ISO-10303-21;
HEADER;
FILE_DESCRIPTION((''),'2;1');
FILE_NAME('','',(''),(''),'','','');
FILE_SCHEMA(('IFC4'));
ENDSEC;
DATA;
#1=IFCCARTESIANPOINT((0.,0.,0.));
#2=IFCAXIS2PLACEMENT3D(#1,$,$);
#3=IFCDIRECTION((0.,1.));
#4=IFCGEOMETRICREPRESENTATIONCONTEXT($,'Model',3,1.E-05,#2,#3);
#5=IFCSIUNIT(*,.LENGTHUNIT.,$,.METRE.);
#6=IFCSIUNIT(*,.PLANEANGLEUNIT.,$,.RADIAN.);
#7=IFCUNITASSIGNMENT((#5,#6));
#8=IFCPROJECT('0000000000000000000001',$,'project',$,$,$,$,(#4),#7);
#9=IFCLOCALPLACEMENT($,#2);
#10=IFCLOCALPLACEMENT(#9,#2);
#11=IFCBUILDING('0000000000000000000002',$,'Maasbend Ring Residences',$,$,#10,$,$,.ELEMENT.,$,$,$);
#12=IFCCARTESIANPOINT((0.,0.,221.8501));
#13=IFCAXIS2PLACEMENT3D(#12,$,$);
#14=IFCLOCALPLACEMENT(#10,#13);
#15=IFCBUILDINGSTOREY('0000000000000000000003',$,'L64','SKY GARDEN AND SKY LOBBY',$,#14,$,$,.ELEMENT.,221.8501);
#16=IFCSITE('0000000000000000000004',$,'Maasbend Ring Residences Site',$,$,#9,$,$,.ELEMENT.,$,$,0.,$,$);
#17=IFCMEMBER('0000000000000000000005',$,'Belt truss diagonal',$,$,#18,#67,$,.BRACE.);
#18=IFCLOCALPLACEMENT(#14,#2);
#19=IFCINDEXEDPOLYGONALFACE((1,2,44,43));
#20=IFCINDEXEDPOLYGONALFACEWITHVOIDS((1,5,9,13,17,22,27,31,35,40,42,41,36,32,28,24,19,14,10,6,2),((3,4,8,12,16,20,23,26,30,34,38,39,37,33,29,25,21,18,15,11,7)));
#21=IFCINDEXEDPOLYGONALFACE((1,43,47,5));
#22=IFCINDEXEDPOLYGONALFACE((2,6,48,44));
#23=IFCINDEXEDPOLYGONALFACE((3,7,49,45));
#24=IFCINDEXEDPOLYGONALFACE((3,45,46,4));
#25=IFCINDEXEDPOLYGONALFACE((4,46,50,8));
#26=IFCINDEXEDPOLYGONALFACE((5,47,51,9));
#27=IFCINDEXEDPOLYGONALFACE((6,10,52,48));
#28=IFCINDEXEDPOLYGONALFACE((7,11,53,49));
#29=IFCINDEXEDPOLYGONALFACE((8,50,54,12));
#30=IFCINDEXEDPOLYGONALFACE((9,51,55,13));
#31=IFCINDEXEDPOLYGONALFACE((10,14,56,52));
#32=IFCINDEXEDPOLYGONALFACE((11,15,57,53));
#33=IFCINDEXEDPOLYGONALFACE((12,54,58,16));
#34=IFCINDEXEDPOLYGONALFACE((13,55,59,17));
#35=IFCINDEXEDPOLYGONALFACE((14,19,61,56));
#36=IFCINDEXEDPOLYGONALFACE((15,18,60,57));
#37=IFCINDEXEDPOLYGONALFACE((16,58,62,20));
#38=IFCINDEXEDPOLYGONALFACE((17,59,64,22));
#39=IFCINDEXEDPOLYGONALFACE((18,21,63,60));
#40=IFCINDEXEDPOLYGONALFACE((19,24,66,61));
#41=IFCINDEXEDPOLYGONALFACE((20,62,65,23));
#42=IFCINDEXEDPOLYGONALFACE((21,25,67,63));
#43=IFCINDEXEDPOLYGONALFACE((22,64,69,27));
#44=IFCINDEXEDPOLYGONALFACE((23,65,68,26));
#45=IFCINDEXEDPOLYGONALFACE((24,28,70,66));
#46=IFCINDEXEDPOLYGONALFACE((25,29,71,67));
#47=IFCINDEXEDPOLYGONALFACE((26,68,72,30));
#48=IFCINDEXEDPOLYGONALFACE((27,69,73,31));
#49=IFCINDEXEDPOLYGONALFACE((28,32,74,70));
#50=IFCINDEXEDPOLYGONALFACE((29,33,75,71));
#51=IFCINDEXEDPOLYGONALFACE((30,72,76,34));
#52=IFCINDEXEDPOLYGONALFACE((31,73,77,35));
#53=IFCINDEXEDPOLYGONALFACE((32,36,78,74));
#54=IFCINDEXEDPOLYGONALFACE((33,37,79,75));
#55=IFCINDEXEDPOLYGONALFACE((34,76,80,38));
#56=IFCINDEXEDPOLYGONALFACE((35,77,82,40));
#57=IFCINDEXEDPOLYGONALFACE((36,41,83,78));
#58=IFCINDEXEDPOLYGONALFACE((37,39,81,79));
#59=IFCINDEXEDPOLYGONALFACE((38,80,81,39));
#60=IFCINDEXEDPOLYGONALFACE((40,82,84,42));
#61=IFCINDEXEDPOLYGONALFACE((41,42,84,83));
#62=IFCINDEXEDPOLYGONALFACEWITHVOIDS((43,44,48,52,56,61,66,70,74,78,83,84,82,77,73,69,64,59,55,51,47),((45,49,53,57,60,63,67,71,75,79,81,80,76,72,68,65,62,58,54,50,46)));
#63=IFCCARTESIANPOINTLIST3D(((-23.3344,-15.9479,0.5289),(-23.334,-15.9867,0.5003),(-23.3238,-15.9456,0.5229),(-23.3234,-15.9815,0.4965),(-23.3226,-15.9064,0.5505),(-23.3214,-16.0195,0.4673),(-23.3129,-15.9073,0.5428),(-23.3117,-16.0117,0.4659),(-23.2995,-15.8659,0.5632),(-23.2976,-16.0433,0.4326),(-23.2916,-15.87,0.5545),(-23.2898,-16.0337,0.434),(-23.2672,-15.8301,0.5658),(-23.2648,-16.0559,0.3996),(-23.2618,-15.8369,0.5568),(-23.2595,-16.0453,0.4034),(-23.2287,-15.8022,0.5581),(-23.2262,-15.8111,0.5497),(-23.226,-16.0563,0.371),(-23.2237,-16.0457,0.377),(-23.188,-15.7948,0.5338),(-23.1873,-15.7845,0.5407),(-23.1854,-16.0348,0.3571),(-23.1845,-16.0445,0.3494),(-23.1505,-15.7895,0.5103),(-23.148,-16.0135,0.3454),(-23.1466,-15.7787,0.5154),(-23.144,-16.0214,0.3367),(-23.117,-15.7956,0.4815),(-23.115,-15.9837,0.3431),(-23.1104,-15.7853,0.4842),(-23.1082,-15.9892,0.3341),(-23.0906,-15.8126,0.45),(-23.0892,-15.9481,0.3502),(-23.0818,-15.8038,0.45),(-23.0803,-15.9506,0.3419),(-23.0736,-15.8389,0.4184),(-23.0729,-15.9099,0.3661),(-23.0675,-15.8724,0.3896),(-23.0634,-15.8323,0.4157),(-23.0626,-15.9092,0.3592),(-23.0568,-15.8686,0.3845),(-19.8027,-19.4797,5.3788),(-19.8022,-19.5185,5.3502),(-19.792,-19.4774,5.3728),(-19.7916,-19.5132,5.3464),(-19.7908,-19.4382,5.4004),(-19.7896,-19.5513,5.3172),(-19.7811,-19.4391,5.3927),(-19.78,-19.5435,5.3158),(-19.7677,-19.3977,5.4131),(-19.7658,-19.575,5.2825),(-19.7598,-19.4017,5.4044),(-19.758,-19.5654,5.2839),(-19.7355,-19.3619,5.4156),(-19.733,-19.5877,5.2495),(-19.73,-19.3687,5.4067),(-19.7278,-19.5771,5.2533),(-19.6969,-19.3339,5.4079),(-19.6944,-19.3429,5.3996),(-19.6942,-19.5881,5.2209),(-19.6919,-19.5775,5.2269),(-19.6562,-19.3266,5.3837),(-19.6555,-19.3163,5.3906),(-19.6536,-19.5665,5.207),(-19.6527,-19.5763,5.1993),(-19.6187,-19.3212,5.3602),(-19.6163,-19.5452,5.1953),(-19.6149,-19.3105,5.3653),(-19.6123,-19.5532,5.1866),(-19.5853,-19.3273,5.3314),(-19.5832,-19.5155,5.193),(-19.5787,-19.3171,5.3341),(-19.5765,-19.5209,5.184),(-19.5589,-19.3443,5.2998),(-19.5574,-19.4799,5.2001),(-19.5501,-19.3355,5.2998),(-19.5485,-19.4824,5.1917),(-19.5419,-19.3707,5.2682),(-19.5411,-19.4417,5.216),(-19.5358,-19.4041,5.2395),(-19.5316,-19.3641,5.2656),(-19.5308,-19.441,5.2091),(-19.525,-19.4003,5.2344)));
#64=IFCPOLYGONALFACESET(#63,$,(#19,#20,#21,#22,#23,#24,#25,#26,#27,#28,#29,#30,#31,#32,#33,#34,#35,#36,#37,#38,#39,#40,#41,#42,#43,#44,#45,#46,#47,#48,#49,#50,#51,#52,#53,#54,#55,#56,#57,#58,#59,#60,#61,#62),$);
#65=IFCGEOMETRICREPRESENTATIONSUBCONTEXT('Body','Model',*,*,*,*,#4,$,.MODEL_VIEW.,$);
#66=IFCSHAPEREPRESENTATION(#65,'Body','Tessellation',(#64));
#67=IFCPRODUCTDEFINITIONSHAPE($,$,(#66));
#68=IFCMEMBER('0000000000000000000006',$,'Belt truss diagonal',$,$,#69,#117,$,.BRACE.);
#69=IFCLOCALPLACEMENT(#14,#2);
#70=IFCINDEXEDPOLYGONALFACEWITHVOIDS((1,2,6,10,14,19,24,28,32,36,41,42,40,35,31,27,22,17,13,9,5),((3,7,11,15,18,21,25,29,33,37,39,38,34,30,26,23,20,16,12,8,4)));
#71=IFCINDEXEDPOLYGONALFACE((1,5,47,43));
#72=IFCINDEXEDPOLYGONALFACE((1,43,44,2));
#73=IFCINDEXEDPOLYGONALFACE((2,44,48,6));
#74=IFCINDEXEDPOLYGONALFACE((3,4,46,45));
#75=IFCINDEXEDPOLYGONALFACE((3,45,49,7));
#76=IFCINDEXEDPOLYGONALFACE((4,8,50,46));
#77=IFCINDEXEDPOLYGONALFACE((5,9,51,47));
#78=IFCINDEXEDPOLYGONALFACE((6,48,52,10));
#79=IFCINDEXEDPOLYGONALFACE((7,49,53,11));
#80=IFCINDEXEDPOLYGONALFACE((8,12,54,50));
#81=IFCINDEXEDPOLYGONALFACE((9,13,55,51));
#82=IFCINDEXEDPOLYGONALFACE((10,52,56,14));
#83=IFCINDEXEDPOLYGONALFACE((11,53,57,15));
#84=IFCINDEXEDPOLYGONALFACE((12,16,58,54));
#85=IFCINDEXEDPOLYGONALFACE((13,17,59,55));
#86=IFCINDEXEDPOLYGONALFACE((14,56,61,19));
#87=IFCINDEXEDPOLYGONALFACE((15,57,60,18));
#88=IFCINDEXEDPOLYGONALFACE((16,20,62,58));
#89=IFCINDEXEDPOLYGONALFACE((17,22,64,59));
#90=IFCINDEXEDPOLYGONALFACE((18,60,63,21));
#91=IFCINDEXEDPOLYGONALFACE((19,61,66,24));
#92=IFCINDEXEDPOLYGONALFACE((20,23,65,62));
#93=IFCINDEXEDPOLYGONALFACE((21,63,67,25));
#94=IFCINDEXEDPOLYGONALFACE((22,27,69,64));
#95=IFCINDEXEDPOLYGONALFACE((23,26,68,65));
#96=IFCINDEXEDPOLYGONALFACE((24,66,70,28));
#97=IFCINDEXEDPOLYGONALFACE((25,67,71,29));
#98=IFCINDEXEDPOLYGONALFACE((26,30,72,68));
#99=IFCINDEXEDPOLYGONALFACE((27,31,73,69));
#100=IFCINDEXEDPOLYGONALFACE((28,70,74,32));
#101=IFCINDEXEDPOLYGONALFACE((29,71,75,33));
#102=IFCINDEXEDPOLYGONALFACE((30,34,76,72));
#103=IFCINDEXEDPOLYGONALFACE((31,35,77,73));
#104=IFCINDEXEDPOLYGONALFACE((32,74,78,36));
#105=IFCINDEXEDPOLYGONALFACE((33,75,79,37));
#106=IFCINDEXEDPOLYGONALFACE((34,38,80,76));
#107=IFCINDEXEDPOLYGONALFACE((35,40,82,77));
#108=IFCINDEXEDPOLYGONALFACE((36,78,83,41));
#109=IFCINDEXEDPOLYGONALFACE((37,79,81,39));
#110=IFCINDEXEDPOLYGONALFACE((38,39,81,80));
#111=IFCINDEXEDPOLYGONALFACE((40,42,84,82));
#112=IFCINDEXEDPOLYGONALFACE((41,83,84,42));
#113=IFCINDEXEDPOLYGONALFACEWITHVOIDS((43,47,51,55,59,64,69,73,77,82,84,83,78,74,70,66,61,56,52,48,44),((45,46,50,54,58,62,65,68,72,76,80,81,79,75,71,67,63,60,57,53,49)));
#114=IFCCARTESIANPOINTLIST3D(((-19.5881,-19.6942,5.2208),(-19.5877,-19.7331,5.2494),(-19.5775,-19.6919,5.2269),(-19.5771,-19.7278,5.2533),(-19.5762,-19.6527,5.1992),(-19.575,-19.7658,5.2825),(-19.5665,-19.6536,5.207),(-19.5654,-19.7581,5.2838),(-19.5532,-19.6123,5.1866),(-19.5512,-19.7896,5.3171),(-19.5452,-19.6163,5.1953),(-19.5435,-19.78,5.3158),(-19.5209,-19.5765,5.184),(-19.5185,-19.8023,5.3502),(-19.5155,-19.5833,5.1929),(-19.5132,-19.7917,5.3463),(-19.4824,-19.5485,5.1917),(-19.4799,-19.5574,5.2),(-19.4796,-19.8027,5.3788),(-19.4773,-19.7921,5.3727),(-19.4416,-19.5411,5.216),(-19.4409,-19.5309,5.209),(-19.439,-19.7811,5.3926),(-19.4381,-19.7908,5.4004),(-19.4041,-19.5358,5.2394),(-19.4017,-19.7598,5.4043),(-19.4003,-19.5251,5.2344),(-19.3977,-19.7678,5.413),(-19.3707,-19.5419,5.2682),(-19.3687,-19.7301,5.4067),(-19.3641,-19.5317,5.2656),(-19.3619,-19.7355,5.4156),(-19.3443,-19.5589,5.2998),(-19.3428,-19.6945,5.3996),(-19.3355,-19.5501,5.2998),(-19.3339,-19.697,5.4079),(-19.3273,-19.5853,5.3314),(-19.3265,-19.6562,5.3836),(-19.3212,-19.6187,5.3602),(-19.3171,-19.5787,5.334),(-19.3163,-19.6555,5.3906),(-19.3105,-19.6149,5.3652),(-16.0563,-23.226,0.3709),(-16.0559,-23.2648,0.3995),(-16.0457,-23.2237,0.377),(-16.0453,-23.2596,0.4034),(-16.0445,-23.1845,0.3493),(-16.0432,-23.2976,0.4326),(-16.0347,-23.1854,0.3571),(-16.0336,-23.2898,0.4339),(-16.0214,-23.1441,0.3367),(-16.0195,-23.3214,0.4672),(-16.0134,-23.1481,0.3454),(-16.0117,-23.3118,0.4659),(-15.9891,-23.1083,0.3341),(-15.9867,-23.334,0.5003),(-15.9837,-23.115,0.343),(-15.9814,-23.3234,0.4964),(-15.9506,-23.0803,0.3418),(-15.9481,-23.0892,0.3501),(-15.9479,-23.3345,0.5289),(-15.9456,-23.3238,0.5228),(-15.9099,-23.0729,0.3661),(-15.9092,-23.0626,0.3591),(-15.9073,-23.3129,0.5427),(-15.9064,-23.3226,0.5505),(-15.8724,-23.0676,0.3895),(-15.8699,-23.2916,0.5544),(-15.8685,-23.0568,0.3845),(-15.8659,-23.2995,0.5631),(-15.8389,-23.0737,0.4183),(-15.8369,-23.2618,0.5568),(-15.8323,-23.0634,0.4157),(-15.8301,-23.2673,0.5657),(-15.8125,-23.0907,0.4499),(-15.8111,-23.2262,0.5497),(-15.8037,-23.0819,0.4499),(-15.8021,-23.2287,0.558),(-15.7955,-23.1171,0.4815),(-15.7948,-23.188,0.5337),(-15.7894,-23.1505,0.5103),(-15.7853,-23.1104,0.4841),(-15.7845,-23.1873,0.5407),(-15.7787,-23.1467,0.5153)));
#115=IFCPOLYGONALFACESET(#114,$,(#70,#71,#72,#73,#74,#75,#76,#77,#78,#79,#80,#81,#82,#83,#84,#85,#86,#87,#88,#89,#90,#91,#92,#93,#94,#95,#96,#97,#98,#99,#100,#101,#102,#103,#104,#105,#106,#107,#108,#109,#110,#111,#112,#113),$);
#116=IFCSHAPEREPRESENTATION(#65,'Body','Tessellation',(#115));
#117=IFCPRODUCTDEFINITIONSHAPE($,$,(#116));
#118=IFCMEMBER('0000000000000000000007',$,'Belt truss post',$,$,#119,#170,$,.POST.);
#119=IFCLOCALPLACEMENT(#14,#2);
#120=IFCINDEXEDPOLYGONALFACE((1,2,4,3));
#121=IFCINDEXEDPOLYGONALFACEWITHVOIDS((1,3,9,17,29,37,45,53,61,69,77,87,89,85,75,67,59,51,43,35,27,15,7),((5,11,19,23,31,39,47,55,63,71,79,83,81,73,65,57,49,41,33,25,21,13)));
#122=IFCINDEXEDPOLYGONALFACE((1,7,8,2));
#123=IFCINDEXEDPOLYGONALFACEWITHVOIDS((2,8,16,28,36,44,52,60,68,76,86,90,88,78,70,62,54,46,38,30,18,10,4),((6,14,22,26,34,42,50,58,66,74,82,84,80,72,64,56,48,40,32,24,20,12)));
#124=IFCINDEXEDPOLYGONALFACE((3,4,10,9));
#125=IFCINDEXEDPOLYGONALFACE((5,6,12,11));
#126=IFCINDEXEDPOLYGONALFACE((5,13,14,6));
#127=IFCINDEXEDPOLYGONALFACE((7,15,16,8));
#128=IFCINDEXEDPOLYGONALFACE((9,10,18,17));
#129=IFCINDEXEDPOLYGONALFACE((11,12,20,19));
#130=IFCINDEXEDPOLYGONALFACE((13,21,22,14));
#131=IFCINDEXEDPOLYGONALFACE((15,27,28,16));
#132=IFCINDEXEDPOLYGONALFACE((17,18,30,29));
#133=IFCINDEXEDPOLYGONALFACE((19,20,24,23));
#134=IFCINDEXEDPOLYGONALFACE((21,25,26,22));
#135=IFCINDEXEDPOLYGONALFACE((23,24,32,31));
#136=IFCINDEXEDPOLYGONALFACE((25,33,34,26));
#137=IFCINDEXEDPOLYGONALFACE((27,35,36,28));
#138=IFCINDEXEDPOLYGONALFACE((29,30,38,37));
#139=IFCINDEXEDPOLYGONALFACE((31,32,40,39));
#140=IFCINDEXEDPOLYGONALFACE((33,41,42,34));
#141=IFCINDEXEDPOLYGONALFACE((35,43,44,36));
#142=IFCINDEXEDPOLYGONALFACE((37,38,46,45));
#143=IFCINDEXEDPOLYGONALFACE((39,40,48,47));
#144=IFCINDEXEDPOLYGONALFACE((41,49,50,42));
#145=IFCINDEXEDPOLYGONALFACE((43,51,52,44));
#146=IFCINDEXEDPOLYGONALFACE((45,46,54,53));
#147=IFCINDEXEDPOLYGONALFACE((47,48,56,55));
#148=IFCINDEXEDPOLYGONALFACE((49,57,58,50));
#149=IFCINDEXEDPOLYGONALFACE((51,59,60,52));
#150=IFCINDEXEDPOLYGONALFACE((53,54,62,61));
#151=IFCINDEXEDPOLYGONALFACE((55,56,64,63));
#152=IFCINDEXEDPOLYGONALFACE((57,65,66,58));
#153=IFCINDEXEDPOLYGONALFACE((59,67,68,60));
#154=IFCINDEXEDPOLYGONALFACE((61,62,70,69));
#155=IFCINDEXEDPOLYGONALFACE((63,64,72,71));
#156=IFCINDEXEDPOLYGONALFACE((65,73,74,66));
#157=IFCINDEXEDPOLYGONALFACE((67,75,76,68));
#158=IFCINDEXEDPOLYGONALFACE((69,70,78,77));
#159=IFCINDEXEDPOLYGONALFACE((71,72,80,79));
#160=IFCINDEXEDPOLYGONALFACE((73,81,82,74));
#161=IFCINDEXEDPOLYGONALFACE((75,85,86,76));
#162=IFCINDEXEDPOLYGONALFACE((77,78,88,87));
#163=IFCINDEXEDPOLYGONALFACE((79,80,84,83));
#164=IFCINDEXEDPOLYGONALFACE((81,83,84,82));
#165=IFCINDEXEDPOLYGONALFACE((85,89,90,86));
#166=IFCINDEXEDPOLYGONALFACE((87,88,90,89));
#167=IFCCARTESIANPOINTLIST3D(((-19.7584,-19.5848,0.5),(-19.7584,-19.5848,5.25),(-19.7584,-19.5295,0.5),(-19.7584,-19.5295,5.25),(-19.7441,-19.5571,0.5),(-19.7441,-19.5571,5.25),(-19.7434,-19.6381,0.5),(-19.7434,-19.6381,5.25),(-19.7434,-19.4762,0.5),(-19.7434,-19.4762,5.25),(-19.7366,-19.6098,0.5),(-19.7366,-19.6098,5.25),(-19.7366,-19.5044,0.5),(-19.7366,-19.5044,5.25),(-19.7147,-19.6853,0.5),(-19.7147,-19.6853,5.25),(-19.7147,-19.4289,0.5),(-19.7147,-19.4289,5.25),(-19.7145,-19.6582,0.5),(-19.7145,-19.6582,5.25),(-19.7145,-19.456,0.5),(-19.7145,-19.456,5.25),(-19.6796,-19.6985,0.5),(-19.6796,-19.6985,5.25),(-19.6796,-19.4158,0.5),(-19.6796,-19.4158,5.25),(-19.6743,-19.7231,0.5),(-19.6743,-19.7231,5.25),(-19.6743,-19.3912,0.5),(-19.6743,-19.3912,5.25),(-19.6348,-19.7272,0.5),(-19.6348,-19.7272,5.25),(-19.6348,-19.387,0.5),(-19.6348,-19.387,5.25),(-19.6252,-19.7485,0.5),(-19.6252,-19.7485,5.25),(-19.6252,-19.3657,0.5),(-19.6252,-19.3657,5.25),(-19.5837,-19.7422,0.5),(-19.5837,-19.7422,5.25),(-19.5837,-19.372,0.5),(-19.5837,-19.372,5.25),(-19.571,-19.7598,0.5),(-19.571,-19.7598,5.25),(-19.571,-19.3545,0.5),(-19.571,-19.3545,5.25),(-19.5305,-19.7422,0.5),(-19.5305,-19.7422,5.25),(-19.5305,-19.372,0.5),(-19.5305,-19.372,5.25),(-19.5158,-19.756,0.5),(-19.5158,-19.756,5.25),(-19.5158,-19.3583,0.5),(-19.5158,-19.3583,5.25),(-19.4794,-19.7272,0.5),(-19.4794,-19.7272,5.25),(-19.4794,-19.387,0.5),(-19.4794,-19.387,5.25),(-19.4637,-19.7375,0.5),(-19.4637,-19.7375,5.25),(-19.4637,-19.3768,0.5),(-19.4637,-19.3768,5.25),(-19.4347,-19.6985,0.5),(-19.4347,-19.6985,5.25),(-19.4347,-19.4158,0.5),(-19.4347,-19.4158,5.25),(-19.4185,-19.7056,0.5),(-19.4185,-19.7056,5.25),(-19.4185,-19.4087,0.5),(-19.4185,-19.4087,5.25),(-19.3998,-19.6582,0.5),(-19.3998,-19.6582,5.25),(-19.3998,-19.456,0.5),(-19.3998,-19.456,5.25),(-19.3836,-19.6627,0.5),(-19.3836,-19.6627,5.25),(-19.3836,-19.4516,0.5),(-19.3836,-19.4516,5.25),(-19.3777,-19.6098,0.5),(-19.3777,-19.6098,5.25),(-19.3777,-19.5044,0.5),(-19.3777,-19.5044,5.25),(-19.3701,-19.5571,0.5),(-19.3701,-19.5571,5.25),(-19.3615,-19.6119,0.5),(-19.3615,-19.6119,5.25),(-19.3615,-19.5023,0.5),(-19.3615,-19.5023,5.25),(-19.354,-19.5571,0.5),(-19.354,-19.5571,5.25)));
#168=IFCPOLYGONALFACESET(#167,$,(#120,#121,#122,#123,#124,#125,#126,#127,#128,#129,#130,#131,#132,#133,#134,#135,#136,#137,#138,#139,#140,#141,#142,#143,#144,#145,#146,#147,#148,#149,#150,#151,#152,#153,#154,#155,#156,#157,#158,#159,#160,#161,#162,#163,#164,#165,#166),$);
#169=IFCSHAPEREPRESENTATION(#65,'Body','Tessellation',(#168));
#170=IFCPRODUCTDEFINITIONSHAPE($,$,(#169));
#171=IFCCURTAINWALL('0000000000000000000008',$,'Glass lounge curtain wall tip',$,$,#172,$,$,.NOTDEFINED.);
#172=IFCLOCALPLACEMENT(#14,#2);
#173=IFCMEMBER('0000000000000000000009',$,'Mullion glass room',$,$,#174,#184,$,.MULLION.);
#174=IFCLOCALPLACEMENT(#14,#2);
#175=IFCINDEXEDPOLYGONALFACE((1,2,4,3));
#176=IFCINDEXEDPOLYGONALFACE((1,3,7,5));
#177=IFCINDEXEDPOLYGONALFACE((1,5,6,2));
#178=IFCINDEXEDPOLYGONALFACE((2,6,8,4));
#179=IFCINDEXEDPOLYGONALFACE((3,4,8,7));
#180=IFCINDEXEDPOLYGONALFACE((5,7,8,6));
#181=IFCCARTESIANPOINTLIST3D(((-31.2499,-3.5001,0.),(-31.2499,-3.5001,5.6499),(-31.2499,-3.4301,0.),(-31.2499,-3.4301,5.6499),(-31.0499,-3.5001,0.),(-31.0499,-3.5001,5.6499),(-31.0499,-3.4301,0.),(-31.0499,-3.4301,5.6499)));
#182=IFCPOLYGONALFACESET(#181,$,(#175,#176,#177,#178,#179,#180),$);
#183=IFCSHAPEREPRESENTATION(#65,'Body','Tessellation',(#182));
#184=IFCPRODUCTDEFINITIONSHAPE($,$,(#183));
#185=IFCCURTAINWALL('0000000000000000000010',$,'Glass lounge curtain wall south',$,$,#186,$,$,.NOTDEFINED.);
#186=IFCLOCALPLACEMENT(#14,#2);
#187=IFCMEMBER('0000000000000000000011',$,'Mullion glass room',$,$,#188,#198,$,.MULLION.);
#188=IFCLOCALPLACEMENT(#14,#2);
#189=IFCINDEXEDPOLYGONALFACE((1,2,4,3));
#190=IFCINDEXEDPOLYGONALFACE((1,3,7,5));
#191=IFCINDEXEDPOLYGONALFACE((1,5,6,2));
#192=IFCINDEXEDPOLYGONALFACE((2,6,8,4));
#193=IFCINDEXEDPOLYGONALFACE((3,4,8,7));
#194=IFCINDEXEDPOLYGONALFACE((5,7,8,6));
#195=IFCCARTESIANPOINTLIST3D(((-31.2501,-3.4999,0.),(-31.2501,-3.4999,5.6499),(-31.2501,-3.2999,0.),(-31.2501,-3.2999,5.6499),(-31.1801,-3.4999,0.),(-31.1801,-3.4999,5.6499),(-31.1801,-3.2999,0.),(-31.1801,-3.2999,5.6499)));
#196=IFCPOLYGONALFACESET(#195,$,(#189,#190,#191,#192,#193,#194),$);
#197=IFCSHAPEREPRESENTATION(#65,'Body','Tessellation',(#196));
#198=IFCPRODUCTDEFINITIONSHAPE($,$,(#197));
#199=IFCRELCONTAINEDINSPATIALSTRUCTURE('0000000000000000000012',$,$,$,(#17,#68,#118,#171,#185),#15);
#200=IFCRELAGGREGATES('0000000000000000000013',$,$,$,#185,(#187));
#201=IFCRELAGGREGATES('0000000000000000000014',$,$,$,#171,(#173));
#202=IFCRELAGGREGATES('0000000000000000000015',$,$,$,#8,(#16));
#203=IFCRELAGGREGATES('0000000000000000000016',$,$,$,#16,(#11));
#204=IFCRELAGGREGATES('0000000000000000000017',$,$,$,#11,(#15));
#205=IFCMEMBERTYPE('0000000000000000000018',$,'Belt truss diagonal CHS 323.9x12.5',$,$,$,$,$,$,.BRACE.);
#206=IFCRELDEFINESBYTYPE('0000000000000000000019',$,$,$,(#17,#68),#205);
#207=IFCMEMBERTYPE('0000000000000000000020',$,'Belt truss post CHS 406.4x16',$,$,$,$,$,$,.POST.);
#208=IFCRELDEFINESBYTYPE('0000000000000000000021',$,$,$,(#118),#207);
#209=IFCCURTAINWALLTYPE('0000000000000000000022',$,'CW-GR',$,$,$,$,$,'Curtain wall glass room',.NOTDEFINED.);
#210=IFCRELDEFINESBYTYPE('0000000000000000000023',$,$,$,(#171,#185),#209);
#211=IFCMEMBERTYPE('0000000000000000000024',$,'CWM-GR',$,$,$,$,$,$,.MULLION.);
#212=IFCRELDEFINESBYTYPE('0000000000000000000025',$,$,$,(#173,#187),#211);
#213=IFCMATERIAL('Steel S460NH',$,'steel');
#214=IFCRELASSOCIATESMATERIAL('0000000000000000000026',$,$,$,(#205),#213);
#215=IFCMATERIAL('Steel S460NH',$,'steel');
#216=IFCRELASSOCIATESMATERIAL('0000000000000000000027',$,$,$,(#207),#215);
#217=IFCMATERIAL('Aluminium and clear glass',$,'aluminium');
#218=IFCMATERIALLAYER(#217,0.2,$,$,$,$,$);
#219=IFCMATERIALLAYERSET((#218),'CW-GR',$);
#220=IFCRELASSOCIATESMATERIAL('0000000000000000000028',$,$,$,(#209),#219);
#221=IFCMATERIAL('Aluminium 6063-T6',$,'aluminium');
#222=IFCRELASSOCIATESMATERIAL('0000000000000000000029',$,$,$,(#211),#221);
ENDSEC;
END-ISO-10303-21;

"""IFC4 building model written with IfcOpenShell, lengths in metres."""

from ifc_helpers import new_model, si_unit, direction, frame, origin, origin_2d, place, context, subcontext, project, spatial, rectangle, hollow_circle, extrude, material, layer, layer_set, material_profile, profile_set, type_object, element, aggregate, save


model = new_model("IFC4")

# Units and contexts
model_context = context("Model", 3, precision=1e-05, world=origin(), true_north=direction((0.0, 1.0)))
body_context = subcontext(model_context, "Body", "Model", "MODEL_VIEW")
ifc_project = project(units=[si_unit("LENGTHUNIT", "METRE"), si_unit("PLANEANGLEUNIT", "RADIAN")], contexts=[model_context])

# Site, building, storey
site_placement = place(None, origin())
site = spatial("IfcSite", under=ifc_project, at=site_placement, Name="Maasbend Ring Residences Site", CompositionType="ELEMENT", RefElevation=0.0)
building_placement = place(site_placement, origin())
building = spatial("IfcBuilding", under=site, at=building_placement, Name="Maasbend Ring Residences", CompositionType="ELEMENT")
storey_placement = place(building_placement, frame((0.0, 0.0, 221.8501)))
storey = spatial("IfcBuildingStorey", under=building, at=storey_placement, Name="L64", Description="SKY GARDEN AND SKY LOBBY", CompositionType="ELEMENT", Elevation=221.8501)

# Members
ifc_material_1 = material(Name="Steel S460NH", Category="steel")
ifc_material_profile_1 = material_profile(ifc_material_1, hollow_circle(Radius=0.1619, WallThickness=0.0125, at=origin_2d()), Name="Belt truss diagonal CHS 323.9x12.5")
ifc_profile_set_1 = profile_set([ifc_material_profile_1], Name="Steel S460NH")
member_type_1 = type_object("IfcMemberType", Name="Belt truss diagonal CHS 323.9x12.5", PredefinedType="BRACE", material=ifc_profile_set_1)
for number, where, z_axis, x_axis, name in (
    (1, (-23.1963, -15.9182, 0.45), (0.507298, -0.507298, 0.696632), (0.707107, 0.707107, 0.0), "Belt truss diagonal"),
    (2, (-19.45, -19.6646, 5.2998), (0.507298, -0.507298, -0.696632), (0.707107, 0.707107, 0.0), "Belt truss diagonal"),
):
    element("IfcMember", number, at=place(storey_placement, frame(where, z_axis=z_axis, x_axis=x_axis)), inside=storey, type_object=member_type_1, Name=name, PredefinedType="BRACE", context=body_context, shape_type="SweptSolid", body=[
        extrude(hollow_circle(Radius=0.1619, WallThickness=0.0125, at=origin_2d()), origin(), (0.0, 0.0, 1.0), 6.9619),
    ])
ifc_material_2 = material(Name="Steel S460NH", Category="steel")
ifc_material_profile_2 = material_profile(ifc_material_2, hollow_circle(Radius=0.2031, WallThickness=0.0161, at=origin_2d()), Name="Belt truss post CHS 406.4x16")
ifc_profile_set_2 = profile_set([ifc_material_profile_2], Name="Steel S460NH")
member_type_2 = type_object("IfcMemberType", Name="Belt truss post CHS 406.4x16", PredefinedType="POST", material=ifc_profile_set_2)
member_1_placement = place(storey_placement, frame((-19.5571, -19.5571, 0.5), z_axis=(0.0, 0.0, 1.0), x_axis=(1.0, 0.0, 0.0)))
element("IfcMember", 3, at=member_1_placement, inside=storey, type_object=member_type_2, Name="Belt truss post", PredefinedType="POST", context=body_context, shape_type="SweptSolid", body=[
    extrude(hollow_circle(Radius=0.2031, WallThickness=0.0161, at=origin_2d()), origin(), (0.0, 0.0, 1.0), 4.75),
])

# Curtain walls, members
ifc_material_3 = material(Name="Aluminium and clear glass", Category="aluminium")
ifc_layer_1 = layer(ifc_material_3, 0.2)
ifc_layer_set_1 = layer_set([ifc_layer_1], Name="CW-GR")
curtain_wall_type = type_object("IfcCurtainWallType", Name="CW-GR", ElementType="Curtain wall glass room", PredefinedType="NOTDEFINED", material=ifc_layer_set_1)
curtain_wall_1_placement = place(storey_placement, origin())
curtain_wall_1 = element("IfcCurtainWall", 4, at=curtain_wall_1_placement, inside=storey, type_object=curtain_wall_type, Name="Glass lounge curtain wall tip", PredefinedType="NOTDEFINED")
ifc_material_4 = material(Name="Aluminium 6063-T6", Category="aluminium")
ifc_material_profile_3 = material_profile(ifc_material_4, rectangle(XDim=0.2, YDim=0.0701, at=origin_2d()), Name="AL 200x70")
ifc_profile_set_3 = profile_set([ifc_material_profile_3], Name="Aluminium 6063-T6")
member_type_3 = type_object("IfcMemberType", Name="CWM-GR", PredefinedType="MULLION", material=ifc_profile_set_3)
member_2_placement = place(storey_placement, frame((-31.1499, -3.4651, 0.0), z_axis=(0.0, 0.0, 1.0), x_axis=(-1.0, 0.0, 0.0)))
member_2 = element("IfcMember", 5, at=member_2_placement, type_object=member_type_3, Name="Mullion glass room", PredefinedType="MULLION", context=body_context, shape_type="SweptSolid", body=[
    extrude(rectangle(XDim=0.2, YDim=0.0701, at=origin_2d()), origin(), (0.0, 0.0, 1.0), 5.6499),
])
curtain_wall_2_placement = place(storey_placement, origin())
curtain_wall_2 = element("IfcCurtainWall", 6, at=curtain_wall_2_placement, inside=storey, type_object=curtain_wall_type, Name="Glass lounge curtain wall south", PredefinedType="NOTDEFINED")
member_3_placement = place(storey_placement, frame((-31.2151, -3.3999, 0.0), z_axis=(0.0, 0.0, 1.0), x_axis=(0.0, -1.0, 0.0)))
member_3 = element("IfcMember", 7, at=member_3_placement, type_object=member_type_3, Name="Mullion glass room", PredefinedType="MULLION", context=body_context, shape_type="SweptSolid", body=[
    extrude(rectangle(XDim=0.2, YDim=0.0701, at=origin_2d()), origin(), (0.0, 0.0, 1.0), 5.6499),
])
aggregate(curtain_wall_2, [member_3])

aggregate(curtain_wall_1, [member_2])

save(model, "model.ifc")
